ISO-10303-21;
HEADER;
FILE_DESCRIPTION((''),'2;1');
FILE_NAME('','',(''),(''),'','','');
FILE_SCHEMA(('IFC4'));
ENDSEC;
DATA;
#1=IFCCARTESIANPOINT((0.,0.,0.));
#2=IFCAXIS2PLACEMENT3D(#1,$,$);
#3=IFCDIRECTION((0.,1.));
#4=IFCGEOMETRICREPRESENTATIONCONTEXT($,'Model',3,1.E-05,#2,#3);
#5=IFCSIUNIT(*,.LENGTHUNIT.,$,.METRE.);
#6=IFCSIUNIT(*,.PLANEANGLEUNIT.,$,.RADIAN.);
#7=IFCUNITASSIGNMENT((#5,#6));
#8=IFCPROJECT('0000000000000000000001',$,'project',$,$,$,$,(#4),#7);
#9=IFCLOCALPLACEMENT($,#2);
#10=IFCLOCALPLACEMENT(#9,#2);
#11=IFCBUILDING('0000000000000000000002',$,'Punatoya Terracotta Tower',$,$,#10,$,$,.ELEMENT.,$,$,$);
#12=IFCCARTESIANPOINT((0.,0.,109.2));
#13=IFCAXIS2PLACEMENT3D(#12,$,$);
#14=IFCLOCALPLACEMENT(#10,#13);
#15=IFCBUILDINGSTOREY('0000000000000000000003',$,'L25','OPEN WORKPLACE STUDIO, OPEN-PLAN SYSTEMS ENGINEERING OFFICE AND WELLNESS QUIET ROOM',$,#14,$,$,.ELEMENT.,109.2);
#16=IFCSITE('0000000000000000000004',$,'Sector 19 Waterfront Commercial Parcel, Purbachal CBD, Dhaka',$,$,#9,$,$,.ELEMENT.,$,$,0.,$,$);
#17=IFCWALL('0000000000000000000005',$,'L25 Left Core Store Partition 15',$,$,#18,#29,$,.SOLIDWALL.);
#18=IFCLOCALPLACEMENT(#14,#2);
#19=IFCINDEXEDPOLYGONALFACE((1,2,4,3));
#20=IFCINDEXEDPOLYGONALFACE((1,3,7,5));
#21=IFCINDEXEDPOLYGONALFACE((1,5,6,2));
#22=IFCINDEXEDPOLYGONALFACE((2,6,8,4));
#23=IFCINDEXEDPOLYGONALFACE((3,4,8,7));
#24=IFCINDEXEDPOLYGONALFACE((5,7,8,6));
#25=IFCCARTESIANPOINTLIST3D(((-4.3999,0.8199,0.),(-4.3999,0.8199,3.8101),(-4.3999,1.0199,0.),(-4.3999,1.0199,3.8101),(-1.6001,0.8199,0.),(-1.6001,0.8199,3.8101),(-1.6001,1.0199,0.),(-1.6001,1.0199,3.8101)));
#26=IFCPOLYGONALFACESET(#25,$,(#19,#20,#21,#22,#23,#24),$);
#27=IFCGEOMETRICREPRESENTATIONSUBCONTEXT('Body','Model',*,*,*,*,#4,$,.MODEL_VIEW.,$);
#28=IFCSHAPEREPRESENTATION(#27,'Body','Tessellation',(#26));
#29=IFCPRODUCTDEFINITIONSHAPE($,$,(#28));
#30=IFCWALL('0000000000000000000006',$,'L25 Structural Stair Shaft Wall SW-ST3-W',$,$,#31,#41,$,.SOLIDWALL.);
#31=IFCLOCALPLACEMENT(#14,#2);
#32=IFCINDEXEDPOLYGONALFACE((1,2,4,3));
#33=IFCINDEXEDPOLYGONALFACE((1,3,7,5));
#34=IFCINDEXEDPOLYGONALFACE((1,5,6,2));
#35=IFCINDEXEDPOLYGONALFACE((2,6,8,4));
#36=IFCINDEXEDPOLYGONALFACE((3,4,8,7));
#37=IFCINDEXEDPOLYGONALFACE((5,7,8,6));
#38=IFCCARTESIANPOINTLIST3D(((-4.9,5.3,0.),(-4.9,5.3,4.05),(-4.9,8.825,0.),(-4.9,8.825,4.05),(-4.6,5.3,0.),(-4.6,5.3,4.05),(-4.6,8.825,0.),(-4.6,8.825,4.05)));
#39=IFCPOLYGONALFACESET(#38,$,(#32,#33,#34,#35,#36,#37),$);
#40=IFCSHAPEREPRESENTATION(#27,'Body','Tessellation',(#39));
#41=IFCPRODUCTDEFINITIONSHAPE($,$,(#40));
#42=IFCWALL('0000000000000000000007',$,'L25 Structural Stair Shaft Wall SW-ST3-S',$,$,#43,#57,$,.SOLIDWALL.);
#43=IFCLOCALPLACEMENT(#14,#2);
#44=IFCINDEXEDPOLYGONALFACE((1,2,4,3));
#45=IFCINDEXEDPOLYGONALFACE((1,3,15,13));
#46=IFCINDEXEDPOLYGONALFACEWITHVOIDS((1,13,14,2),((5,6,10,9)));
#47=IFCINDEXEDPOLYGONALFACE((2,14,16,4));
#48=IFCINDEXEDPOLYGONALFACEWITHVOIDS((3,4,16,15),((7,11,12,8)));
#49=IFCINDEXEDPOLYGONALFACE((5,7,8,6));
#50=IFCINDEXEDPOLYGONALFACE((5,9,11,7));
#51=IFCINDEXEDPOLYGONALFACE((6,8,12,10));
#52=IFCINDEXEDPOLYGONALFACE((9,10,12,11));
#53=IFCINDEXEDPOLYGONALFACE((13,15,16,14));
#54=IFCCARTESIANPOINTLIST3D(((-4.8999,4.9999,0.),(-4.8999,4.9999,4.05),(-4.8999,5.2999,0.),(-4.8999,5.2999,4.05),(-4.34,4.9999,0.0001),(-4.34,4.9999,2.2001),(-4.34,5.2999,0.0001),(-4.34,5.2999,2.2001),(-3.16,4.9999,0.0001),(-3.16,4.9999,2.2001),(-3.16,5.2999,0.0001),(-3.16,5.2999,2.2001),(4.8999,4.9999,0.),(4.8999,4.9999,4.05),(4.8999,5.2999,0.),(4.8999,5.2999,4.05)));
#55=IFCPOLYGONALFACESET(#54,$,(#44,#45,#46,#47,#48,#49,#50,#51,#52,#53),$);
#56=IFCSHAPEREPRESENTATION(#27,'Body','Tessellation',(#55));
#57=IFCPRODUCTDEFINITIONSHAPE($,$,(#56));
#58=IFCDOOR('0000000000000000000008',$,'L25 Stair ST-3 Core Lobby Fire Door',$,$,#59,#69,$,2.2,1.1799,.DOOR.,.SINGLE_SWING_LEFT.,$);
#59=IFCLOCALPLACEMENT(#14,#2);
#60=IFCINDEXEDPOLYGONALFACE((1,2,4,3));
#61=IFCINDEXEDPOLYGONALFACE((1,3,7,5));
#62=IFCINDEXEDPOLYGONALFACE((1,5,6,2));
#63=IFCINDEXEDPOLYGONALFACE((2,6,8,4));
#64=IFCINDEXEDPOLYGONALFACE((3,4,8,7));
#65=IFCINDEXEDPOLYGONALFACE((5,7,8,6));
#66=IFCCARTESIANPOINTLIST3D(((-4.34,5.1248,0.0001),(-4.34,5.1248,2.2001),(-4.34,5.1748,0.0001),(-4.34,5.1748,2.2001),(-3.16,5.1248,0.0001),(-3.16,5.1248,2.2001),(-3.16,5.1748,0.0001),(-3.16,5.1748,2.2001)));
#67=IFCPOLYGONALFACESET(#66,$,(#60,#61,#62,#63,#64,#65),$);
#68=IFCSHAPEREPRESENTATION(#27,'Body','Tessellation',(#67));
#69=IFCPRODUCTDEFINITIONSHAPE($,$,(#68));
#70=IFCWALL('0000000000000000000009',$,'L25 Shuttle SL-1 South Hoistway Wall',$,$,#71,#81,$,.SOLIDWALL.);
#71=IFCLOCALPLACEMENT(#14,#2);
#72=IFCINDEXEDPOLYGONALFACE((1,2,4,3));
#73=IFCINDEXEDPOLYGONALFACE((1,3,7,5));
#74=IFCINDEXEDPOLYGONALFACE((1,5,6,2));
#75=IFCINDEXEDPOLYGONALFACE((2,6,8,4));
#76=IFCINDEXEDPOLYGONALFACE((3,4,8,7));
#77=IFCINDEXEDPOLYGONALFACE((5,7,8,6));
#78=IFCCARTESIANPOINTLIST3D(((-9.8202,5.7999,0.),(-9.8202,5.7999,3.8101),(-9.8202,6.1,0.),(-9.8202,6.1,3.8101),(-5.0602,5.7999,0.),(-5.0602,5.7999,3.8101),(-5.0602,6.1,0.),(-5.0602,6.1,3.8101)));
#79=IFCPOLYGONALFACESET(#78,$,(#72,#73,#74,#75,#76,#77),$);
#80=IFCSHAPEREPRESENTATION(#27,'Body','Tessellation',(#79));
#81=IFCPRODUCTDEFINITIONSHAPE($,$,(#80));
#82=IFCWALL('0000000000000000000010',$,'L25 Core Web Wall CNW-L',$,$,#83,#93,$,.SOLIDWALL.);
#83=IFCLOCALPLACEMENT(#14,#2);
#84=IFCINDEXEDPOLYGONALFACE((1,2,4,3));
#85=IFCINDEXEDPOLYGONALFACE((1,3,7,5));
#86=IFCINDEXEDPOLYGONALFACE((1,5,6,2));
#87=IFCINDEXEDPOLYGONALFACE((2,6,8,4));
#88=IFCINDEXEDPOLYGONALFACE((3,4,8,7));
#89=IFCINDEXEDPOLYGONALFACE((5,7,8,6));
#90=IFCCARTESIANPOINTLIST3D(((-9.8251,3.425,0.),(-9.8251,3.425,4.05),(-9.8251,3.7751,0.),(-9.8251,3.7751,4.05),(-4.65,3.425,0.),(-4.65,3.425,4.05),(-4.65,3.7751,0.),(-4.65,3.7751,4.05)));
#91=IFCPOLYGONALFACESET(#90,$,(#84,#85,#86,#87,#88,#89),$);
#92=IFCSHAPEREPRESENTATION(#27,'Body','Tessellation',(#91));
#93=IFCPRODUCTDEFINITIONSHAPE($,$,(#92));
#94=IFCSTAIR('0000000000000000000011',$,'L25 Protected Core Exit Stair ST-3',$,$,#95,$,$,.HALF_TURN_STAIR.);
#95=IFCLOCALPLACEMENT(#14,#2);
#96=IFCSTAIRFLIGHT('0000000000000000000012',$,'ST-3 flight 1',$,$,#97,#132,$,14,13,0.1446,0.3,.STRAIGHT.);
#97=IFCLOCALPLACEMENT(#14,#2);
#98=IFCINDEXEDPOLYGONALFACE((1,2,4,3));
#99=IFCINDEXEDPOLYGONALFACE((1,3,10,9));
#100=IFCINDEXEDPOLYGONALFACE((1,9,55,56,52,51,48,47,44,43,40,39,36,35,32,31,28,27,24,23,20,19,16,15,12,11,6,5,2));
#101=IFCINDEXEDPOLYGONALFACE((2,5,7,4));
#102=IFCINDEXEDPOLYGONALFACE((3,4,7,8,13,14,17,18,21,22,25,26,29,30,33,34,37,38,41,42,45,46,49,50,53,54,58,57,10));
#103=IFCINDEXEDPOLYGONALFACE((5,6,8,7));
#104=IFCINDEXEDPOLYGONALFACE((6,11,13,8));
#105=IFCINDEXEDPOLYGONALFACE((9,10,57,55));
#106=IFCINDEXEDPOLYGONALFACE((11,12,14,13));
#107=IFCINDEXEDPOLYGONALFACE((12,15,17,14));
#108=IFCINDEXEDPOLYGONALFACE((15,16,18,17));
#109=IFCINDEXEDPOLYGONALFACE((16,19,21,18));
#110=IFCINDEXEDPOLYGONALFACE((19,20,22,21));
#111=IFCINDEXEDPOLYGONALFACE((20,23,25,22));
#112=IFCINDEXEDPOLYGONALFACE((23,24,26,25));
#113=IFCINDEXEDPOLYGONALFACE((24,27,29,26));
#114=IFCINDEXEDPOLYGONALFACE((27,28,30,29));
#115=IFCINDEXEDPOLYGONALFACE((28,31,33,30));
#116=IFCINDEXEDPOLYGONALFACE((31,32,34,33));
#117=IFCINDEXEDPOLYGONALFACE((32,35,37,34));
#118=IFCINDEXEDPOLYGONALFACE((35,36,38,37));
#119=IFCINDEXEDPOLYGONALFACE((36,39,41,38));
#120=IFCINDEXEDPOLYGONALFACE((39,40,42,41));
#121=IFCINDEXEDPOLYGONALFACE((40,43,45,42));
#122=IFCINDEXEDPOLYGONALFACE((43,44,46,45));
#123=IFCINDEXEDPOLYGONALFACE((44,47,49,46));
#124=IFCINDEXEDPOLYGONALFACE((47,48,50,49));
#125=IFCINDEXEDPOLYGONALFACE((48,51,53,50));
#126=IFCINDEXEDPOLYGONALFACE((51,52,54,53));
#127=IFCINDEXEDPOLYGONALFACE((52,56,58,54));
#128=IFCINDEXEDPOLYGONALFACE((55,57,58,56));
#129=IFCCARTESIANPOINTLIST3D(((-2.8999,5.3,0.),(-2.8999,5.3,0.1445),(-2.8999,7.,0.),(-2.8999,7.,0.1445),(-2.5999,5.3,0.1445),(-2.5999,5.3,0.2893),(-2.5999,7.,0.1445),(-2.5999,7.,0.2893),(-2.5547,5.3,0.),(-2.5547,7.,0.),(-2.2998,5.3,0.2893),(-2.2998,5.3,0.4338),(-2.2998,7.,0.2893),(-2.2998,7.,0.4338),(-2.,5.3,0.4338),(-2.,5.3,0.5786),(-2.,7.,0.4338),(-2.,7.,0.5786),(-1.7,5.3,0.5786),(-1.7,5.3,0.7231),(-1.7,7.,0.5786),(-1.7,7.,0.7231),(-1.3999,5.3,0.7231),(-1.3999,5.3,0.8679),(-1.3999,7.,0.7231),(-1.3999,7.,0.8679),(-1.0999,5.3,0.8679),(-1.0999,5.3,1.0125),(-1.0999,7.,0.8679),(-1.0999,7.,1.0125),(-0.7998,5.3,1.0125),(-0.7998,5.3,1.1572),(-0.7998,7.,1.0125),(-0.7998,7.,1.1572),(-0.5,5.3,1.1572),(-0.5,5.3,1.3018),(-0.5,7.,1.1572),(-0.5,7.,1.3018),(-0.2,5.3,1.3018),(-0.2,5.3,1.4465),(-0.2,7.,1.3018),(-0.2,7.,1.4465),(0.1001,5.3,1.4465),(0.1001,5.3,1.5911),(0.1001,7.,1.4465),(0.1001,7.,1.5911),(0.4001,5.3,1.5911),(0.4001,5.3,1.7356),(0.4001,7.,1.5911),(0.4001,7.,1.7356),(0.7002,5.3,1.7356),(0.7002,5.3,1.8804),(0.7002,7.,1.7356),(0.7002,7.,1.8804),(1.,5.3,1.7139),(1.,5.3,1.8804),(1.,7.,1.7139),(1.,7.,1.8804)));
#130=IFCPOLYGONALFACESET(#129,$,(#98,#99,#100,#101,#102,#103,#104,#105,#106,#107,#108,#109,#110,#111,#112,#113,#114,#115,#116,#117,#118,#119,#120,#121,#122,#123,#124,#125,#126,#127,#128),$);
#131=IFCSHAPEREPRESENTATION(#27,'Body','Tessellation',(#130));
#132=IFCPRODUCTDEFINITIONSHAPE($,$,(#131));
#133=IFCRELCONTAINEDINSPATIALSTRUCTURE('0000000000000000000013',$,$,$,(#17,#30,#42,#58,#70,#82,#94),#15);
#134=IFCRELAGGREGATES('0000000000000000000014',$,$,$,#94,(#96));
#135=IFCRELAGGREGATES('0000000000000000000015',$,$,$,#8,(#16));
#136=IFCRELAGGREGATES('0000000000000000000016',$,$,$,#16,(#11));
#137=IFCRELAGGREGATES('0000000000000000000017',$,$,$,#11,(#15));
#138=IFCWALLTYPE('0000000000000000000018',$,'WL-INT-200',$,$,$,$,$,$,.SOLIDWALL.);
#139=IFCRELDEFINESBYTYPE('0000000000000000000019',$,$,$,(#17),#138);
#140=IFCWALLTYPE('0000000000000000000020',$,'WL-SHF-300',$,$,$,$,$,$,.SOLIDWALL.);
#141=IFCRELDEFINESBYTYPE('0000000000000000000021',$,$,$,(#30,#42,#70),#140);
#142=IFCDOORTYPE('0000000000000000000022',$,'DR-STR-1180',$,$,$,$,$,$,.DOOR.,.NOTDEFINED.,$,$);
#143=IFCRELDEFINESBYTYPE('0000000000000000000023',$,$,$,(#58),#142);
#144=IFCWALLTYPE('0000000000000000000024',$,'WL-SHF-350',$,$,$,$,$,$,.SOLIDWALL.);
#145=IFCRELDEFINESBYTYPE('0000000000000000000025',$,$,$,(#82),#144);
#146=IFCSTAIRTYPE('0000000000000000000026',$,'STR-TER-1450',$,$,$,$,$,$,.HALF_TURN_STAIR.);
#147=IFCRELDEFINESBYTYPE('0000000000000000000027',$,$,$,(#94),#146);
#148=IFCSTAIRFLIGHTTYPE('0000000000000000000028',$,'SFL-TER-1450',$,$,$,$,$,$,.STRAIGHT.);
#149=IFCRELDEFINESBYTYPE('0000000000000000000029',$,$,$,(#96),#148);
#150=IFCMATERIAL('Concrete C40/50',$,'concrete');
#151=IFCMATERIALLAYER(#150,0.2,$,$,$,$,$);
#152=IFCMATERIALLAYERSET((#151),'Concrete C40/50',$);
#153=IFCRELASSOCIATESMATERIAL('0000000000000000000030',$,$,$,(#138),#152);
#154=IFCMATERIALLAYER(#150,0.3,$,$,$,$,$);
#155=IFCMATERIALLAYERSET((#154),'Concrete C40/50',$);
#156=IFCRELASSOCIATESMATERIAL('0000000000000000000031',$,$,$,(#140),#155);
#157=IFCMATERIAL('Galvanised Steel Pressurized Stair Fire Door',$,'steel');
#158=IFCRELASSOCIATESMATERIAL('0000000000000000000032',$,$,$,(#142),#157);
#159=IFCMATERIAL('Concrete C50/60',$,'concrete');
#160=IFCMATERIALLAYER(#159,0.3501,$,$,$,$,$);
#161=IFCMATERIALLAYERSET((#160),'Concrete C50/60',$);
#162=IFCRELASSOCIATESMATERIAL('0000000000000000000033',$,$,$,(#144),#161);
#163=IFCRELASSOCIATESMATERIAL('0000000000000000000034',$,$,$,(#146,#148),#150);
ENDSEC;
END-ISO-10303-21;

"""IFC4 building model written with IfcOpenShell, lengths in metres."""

from ifc_helpers import new_model, si_unit, direction, frame, frame_2d, origin, place, context, subcontext, project, spatial, polyline, rectangle, outline, extrude, material, layer, layer_set, type_object, element, fill, aggregate, save


model = new_model("IFC4")

# Units and contexts
model_context = context("Model", 3, precision=1e-05, world=origin(), true_north=direction((0.0, 1.0)))
body_context = subcontext(model_context, "Body", "Model", "MODEL_VIEW")
ifc_project = project(units=[si_unit("LENGTHUNIT", "METRE"), si_unit("PLANEANGLEUNIT", "RADIAN")], contexts=[model_context])

# Site, building, storey
site_placement = place(None, origin())
site = spatial("IfcSite", under=ifc_project, at=site_placement, Name="Sector 19 Waterfront Commercial Parcel, Purbachal CBD, Dhaka", CompositionType="ELEMENT", RefElevation=0.0)
building_placement = place(site_placement, origin())
building = spatial("IfcBuilding", under=site, at=building_placement, Name="Punatoya Terracotta Tower", CompositionType="ELEMENT")
storey_placement = place(building_placement, frame((0.0, 0.0, 109.2)))
storey = spatial("IfcBuildingStorey", under=building, at=storey_placement, Name="L25", Description="OPEN WORKPLACE STUDIO, OPEN-PLAN SYSTEMS ENGINEERING OFFICE AND WELLNESS QUIET ROOM", CompositionType="ELEMENT", Elevation=109.2)

# Shared definitions
ifc_material_1 = material(Name="Concrete C40/50", Category="concrete")
ifc_layer_1 = layer(ifc_material_1, 0.2)
ifc_layer_set_1 = layer_set([ifc_layer_1], Name="Concrete C40/50")
wall_type_1 = type_object("IfcWallType", Name="WL-INT-200", PredefinedType="SOLIDWALL", material=ifc_layer_set_1)

# Walls
wall_1_placement = place(storey_placement, frame((-4.3999, 0.9199, 0.0), z_axis=(0.0, 0.0, 1.0), x_axis=(1.0, 0.0, 0.0)))
element("IfcWall", 1, at=wall_1_placement, inside=storey, type_object=wall_type_1, Name="L25 Left Core Store Partition 15", PredefinedType="SOLIDWALL", context=body_context, shape_type="SweptSolid", body=[
    extrude(rectangle(XDim=2.7998, YDim=0.2, at=frame_2d((1.3999, 0.0))), origin(), (0.0, 0.0, 1.0), 3.8101),
])
ifc_layer_2 = layer(ifc_material_1, 0.3)
ifc_layer_set_2 = layer_set([ifc_layer_2], Name="Concrete C40/50")
wall_type_2 = type_object("IfcWallType", Name="WL-SHF-300", PredefinedType="SOLIDWALL", material=ifc_layer_set_2)
wall_2_placement = place(storey_placement, frame((-4.75, 5.3, 0.0), z_axis=(0.0, 0.0, 1.0), x_axis=(0.0, 1.0, 0.0)))
element("IfcWall", 2, at=wall_2_placement, inside=storey, type_object=wall_type_2, Name="L25 Structural Stair Shaft Wall SW-ST3-W", PredefinedType="SOLIDWALL", context=body_context, shape_type="SweptSolid", body=[
    extrude(rectangle(XDim=3.5249, YDim=0.3, at=frame_2d((1.7625, 0.0))), origin(), (0.0, 0.0, 1.0), 4.05),
])

# Wall, opening, door
wall_3_placement = place(storey_placement, frame((-4.8999, 5.1499, 0.0), z_axis=(0.0, 0.0, 1.0), x_axis=(1.0, 0.0, 0.0)))
wall_3 = element("IfcWall", 3, at=wall_3_placement, inside=storey, type_object=wall_type_2, Name="L25 Structural Stair Shaft Wall SW-ST3-S", PredefinedType="SOLIDWALL", context=body_context, shape_type="SweptSolid", body=[
    extrude(rectangle(XDim=9.7998, YDim=0.3, at=frame_2d((4.8999, 0.0))), origin(), (0.0, 0.0, 1.0), 4.05),
])
opening_1_placement = place(wall_3_placement, frame((0.5601, 0.0, 0.0)))
opening_1 = element("IfcOpeningElement", 4, at=opening_1_placement, cuts=wall_3, PredefinedType="OPENING", context=body_context, shape_type="SweptSolid", body=[
    extrude(rectangle(XDim=1.1799, YDim=2.2, at=frame_2d((0.5898, 1.1001))), frame((0.0, 0.1599, 0.0), z_axis=(0.0, -1.0, 0.0), x_axis=(1.0, 0.0, 0.0)), (0.0, 0.0, 1.0), 0.3201),
])
ifc_material_2 = material(Name="Galvanised Steel Pressurized Stair Fire Door", Category="steel")
door_type_1 = type_object("IfcDoorType", Name="DR-STR-1180", OperationType="NOTDEFINED", PredefinedType="DOOR", material=ifc_material_2)
door_1_placement = place(opening_1_placement, origin())
door_1 = element("IfcDoor", 5, at=door_1_placement, inside=storey, type_object=door_type_1, Name="L25 Stair ST-3 Core Lobby Fire Door", OperationType="SINGLE_SWING_LEFT", OverallHeight=2.2, OverallWidth=1.1799, PredefinedType="DOOR", context=body_context, shape_type="SweptSolid", body=[
    extrude(rectangle(XDim=1.1799, YDim=2.2, at=frame_2d((0.5898, 1.1001))), frame((0.0, 0.0249, 0.0), z_axis=(0.0, -1.0, 0.0), x_axis=(1.0, 0.0, 0.0)), (0.0, 0.0, 1.0), 0.05),
])
fill(opening_1, door_1)

# Walls
wall_4_placement = place(storey_placement, frame((-9.8201, 5.95, 0.0), z_axis=(0.0, 0.0, 1.0), x_axis=(1.0, 0.0, 0.0)))
element("IfcWall", 6, at=wall_4_placement, inside=storey, type_object=wall_type_2, Name="L25 Shuttle SL-1 South Hoistway Wall", PredefinedType="SOLIDWALL", context=body_context, shape_type="SweptSolid", body=[
    extrude(rectangle(XDim=4.76, YDim=0.3, at=frame_2d((2.3799, 0.0))), origin(), (0.0, 0.0, 1.0), 3.8101),
])
ifc_material_3 = material(Name="Concrete C50/60", Category="concrete")
ifc_layer_3 = layer(ifc_material_3, 0.3501)
ifc_layer_set_3 = layer_set([ifc_layer_3], Name="Concrete C50/60")
wall_type_3 = type_object("IfcWallType", Name="WL-SHF-350", PredefinedType="SOLIDWALL", material=ifc_layer_set_3)
wall_5_placement = place(storey_placement, frame((-9.825, 3.6001, 0.0), z_axis=(0.0, 0.0, 1.0), x_axis=(1.0, 0.0, 0.0)))
element("IfcWall", 7, at=wall_5_placement, inside=storey, type_object=wall_type_3, Name="L25 Core Web Wall CNW-L", PredefinedType="SOLIDWALL", context=body_context, shape_type="SweptSolid", body=[
    extrude(rectangle(XDim=5.175, YDim=0.3501, at=frame_2d((2.5874, 0.0))), origin(), (0.0, 0.0, 1.0), 4.05),
])

# Stair, stair flight
stair_type = type_object("IfcStairType", Name="STR-TER-1450", PredefinedType="HALF_TURN_STAIR", material=ifc_material_1)
stair_placement = place(storey_placement, origin())
stair = element("IfcStair", 8, at=stair_placement, inside=storey, type_object=stair_type, Name="L25 Protected Core Exit Stair ST-3", PredefinedType="HALF_TURN_STAIR")
stair_flight_type = type_object("IfcStairFlightType", Name="SFL-TER-1450", PredefinedType="STRAIGHT", material=ifc_material_1)
stair_flight_placement = place(storey_placement, frame((-2.8999, 6.1499, 0.0), z_axis=(0.0, 0.0, 1.0), x_axis=(1.0, 0.0, 0.0)))
stair_flight = element("IfcStairFlight", 9, at=stair_flight_placement, type_object=stair_flight_type, Name="ST-3 flight 1", NumberOfRisers=14, NumberOfTreads=13, PredefinedType="STRAIGHT", RiserHeight=0.1446, TreadLength=0.3, context=body_context, shape_type="SweptSolid", body=[
    extrude(outline(polyline([(0.0, 0.0), (0.0, 0.1445), (0.3, 0.1445), (0.3, 0.2893), (0.6001, 0.2893), (0.6001, 0.4338), (0.8999, 0.4338), (0.8999, 0.5786), (1.2, 0.5786), (1.2, 0.7231), (1.5, 0.7231), (1.5, 0.8679), (1.8, 0.8679), (1.8, 1.0125), (2.1001, 1.0125), (2.1001, 1.1572), (2.3999, 1.1572), (2.3999, 1.3018), (2.7, 1.3018), (2.7, 1.4465), (3.0, 1.4465), (3.0, 1.5911), (3.3, 1.5911), (3.3, 1.7356), (3.6001, 1.7356), (3.6001, 1.8804), (3.8999, 1.8804), (3.8999, 2.0249), (3.8999, 1.7139), (0.3452, 0.0), (0.0, 0.0)])), frame((0.0, 0.8501, 0.0), z_axis=(0.0, -1.0, 0.0), x_axis=(1.0, 0.0, 0.0)), (0.0, 0.0, 1.0), 1.7),
])
aggregate(stair, [stair_flight])

save(model, "model.ifc")
